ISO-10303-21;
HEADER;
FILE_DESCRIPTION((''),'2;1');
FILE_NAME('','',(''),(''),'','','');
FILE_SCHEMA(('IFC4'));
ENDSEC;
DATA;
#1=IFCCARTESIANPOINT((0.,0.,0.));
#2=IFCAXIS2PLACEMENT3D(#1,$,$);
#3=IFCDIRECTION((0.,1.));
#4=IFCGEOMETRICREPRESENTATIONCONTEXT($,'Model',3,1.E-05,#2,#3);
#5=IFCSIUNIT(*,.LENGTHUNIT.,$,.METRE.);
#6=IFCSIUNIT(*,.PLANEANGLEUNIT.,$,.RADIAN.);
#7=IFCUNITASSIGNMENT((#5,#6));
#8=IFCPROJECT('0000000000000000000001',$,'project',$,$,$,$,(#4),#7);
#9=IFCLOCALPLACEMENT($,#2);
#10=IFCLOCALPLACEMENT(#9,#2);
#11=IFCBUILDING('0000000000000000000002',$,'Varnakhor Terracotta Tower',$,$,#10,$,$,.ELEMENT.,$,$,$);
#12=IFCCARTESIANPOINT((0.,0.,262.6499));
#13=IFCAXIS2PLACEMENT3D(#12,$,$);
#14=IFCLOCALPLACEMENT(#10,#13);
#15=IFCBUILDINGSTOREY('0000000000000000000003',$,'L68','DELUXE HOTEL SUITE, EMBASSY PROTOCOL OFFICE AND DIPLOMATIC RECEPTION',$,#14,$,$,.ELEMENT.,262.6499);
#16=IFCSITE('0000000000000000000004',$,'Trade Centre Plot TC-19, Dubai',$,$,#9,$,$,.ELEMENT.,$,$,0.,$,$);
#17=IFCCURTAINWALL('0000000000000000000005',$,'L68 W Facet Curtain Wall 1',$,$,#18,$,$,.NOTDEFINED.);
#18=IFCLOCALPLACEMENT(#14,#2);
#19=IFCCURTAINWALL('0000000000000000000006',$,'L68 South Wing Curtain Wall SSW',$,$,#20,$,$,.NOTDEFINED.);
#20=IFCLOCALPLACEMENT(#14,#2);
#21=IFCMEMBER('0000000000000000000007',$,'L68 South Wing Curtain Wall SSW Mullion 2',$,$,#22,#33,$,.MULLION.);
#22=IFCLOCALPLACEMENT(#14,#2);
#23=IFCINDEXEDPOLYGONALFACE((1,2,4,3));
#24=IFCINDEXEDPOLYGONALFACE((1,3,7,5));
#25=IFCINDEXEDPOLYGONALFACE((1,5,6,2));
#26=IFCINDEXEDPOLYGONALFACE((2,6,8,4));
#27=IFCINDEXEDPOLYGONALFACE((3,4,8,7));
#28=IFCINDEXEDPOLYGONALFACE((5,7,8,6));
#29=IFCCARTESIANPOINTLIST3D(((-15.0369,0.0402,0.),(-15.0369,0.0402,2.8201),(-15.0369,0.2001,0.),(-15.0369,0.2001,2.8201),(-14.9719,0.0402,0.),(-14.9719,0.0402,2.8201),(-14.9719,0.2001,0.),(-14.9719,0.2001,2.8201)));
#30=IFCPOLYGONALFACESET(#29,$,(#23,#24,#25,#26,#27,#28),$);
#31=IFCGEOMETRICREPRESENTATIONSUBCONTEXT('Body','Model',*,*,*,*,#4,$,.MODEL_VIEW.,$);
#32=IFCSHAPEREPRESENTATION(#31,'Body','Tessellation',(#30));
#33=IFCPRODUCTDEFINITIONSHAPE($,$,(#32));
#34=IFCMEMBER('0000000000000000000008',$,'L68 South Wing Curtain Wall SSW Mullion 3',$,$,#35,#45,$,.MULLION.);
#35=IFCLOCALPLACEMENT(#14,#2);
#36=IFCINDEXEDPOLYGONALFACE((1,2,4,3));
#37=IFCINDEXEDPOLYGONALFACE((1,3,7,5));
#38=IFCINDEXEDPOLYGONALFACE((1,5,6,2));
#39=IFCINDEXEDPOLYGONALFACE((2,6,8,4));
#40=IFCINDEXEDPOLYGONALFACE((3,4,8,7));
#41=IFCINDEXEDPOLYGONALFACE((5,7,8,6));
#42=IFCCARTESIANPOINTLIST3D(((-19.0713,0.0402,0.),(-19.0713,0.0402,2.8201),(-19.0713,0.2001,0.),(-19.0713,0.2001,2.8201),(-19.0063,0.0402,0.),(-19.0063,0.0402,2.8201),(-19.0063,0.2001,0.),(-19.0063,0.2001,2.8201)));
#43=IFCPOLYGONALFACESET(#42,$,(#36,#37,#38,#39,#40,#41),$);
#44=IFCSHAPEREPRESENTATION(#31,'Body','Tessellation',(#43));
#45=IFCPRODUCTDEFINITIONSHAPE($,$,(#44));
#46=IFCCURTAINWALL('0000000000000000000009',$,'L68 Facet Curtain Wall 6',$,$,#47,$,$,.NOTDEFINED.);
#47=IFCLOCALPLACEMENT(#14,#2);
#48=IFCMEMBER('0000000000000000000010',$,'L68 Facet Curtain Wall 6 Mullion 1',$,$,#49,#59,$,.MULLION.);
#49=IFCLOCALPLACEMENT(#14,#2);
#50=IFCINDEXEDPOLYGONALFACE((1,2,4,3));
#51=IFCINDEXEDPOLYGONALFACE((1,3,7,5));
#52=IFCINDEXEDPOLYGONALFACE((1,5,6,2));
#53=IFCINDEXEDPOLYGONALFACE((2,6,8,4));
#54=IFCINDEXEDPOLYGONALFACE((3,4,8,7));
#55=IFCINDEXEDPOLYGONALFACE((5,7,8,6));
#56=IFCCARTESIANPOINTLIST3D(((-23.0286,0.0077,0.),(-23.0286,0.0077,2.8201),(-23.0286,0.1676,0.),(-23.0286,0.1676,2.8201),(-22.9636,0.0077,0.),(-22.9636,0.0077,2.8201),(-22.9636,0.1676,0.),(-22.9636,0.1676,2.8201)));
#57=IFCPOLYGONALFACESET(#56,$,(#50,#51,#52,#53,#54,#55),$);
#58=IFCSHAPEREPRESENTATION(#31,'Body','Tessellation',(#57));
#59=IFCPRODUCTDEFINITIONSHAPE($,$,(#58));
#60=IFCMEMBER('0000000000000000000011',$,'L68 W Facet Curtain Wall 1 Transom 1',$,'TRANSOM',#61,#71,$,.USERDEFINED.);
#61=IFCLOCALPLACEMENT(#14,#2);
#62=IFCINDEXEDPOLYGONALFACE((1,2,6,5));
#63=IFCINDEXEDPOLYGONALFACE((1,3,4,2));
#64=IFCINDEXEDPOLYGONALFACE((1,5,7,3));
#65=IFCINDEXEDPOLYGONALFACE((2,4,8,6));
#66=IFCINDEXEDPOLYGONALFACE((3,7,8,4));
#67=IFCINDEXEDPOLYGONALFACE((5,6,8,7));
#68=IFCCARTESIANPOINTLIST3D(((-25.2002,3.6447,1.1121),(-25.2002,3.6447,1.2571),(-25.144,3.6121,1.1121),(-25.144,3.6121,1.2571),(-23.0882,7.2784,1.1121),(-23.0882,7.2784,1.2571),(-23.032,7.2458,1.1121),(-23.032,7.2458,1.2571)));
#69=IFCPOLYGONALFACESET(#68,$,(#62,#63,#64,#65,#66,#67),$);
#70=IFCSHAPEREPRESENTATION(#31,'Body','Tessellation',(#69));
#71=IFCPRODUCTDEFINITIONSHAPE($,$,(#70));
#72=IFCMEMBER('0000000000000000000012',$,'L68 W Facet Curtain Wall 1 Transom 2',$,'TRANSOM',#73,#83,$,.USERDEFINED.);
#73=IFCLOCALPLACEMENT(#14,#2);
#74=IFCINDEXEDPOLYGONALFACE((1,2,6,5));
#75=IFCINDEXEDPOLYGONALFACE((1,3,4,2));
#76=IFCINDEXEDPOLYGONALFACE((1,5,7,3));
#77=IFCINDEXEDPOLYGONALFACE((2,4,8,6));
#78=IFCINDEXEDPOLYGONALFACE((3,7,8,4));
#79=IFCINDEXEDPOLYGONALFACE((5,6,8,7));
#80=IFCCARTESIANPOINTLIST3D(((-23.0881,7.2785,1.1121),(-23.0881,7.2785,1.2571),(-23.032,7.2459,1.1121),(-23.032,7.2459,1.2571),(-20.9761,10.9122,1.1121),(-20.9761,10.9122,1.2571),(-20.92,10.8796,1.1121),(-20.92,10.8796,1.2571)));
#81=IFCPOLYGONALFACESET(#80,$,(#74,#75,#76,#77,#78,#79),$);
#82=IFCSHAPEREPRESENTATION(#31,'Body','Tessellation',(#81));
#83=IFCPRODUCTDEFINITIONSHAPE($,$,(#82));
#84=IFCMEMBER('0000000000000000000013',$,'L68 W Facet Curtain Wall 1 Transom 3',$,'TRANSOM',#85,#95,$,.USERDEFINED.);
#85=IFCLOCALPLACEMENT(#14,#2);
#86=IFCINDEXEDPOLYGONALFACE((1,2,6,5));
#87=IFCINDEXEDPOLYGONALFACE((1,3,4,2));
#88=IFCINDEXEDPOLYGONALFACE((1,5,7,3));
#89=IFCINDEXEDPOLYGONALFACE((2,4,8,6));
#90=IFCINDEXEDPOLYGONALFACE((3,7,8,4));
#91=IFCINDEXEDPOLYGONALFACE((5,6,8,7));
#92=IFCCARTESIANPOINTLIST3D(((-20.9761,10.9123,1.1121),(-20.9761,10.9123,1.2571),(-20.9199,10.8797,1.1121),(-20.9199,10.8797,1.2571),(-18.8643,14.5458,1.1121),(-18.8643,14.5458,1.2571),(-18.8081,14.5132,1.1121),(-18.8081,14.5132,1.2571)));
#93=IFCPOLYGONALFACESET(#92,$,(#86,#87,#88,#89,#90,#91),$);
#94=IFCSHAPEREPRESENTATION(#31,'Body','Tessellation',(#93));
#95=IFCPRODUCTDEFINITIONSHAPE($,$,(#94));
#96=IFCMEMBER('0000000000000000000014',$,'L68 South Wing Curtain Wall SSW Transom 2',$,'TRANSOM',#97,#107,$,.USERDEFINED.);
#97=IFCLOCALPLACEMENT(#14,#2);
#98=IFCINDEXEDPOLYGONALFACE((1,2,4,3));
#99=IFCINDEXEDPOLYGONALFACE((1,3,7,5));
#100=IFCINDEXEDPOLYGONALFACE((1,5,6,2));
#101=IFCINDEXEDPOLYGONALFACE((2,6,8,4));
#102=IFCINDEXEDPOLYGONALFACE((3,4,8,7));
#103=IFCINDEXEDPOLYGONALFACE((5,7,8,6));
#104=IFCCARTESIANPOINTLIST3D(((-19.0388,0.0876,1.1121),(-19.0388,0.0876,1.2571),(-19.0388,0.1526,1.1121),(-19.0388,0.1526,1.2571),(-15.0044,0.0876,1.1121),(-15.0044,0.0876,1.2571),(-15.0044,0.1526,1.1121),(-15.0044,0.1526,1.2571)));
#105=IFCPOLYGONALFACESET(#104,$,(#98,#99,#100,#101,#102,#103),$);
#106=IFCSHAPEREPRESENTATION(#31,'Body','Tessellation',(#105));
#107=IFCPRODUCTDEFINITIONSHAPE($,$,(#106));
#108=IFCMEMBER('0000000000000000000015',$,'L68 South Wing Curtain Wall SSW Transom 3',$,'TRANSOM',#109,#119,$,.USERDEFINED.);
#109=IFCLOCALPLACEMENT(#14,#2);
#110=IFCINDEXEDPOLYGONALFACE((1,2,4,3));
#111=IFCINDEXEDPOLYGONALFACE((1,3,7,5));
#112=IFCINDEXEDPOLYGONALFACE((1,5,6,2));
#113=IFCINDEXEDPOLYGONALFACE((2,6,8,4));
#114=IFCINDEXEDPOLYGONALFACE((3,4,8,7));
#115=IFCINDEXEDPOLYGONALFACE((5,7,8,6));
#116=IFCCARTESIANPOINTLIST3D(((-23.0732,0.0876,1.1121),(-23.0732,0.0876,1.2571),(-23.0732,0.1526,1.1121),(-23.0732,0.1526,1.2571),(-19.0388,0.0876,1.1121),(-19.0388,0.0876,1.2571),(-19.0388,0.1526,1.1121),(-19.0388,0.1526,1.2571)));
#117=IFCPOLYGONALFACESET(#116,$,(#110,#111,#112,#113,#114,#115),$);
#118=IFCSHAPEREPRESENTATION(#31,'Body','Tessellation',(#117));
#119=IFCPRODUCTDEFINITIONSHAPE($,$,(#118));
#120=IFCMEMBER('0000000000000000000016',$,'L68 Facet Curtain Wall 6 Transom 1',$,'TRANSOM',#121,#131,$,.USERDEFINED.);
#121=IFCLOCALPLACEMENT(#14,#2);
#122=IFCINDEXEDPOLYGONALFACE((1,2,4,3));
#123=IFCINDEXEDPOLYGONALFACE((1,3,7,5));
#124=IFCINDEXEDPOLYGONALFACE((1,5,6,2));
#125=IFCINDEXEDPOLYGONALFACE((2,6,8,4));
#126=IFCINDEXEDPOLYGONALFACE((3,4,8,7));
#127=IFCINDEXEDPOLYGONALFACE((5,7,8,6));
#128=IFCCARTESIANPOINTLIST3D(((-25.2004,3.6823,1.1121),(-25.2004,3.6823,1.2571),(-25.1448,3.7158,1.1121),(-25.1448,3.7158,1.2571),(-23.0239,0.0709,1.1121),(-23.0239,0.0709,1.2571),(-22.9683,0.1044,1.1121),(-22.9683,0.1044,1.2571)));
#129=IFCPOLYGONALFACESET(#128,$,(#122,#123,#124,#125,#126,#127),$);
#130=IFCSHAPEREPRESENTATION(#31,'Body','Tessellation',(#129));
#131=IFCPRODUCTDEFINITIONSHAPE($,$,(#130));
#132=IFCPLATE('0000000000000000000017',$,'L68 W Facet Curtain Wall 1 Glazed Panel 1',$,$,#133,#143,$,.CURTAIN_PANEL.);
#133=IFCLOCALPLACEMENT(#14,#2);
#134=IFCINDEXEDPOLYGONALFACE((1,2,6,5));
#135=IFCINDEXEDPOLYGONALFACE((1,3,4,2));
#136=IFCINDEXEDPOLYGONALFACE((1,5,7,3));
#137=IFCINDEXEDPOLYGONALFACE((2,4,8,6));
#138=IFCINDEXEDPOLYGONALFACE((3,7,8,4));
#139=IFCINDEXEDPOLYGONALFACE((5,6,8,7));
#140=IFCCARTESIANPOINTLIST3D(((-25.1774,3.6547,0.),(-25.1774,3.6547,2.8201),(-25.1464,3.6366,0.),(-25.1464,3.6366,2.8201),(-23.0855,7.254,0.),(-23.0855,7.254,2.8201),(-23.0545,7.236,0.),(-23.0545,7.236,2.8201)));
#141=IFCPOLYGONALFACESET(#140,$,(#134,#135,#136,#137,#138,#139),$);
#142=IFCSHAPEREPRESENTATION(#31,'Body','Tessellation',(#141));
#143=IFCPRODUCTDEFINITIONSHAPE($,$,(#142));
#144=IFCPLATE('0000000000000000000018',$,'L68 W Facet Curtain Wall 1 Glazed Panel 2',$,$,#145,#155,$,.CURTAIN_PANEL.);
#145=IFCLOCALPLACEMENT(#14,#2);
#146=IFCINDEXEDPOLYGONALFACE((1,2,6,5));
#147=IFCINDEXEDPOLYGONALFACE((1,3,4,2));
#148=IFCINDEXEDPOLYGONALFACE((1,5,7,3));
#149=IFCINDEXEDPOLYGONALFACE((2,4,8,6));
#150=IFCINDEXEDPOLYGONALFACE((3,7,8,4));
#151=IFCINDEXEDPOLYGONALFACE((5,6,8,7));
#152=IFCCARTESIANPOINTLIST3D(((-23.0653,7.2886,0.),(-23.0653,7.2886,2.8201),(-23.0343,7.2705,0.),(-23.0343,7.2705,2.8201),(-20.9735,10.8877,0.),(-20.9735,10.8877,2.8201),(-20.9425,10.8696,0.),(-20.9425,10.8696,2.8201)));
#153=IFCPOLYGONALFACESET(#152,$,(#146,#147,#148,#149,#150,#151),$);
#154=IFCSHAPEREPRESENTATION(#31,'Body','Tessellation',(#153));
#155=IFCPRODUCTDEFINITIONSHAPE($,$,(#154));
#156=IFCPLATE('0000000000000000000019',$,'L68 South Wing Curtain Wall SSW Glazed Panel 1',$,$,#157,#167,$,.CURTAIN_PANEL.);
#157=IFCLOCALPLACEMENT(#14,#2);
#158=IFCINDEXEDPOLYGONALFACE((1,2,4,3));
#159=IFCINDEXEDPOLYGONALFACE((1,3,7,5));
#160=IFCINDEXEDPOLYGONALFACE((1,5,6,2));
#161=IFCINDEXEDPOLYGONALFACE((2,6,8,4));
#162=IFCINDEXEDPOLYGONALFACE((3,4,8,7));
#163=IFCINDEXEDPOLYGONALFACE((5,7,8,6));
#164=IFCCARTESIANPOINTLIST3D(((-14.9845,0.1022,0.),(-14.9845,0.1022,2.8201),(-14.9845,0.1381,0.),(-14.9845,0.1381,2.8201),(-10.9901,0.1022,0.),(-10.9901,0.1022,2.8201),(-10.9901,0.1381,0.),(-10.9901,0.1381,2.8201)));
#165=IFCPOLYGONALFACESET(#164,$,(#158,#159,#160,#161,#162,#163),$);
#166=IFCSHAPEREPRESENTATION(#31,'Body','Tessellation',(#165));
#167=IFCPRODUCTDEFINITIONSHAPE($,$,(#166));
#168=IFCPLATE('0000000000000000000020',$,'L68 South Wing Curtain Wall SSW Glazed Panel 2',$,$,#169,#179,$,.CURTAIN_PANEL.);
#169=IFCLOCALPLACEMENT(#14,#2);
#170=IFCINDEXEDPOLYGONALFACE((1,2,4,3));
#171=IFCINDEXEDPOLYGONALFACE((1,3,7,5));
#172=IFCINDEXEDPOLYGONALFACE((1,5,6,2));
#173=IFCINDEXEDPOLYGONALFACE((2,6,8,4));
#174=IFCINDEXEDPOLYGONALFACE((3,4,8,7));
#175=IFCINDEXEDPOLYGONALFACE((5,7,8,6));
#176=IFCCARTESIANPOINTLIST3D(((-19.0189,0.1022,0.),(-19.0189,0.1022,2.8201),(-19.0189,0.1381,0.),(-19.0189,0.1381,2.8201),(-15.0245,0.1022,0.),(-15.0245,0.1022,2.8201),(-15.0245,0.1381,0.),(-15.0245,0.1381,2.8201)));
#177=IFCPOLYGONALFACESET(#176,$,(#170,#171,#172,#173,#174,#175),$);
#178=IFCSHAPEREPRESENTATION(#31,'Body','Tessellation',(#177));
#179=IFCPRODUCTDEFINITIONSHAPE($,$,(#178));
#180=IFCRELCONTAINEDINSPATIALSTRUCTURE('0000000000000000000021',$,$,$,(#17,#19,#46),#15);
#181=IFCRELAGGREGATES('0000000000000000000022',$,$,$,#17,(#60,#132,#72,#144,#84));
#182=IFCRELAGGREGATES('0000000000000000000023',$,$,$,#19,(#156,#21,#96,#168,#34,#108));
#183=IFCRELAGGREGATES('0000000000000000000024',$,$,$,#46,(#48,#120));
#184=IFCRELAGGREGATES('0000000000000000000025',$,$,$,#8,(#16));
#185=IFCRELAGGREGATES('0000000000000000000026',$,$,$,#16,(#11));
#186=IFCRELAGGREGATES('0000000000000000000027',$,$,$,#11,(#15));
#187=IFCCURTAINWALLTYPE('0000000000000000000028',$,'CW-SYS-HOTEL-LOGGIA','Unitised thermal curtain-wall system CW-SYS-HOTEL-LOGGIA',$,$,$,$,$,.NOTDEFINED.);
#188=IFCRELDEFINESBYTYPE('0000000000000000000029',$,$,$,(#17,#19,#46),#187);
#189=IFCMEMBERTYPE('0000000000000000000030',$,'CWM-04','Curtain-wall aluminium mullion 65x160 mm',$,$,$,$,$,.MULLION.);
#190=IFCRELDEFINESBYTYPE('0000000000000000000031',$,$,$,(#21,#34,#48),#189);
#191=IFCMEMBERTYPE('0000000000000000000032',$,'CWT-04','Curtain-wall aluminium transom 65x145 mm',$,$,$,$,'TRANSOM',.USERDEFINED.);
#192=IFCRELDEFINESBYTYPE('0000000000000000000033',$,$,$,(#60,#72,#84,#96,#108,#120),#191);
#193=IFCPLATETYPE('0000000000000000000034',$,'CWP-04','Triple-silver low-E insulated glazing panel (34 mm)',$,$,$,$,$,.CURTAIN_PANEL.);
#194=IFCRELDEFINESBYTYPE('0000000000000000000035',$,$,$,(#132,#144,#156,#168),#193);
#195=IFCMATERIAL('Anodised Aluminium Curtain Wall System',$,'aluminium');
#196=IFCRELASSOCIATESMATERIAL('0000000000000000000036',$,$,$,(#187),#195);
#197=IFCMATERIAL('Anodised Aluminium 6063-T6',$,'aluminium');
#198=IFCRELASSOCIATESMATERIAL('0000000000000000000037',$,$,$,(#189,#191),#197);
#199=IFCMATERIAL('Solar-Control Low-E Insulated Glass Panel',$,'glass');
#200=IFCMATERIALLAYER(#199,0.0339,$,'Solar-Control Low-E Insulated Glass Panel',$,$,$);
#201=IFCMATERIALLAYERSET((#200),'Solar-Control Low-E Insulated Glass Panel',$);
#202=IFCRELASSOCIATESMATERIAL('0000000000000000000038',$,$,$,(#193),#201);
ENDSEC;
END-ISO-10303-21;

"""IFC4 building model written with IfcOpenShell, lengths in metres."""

from ifc_helpers import new_model, si_unit, direction, frame, origin, origin_2d, place, context, subcontext, project, spatial, rectangle, extrude, source, transform, mapped, material, layer, layer_set, material_profile, profile_set, type_object, type_shapes, element, aggregate, save


model = new_model("IFC4")

# Units and contexts
model_context = context("Model", 3, precision=1e-05, world=origin(), true_north=direction((0.0, 1.0)))
body_context = subcontext(model_context, "Body", "Model", "MODEL_VIEW")
ifc_project = project(units=[si_unit("LENGTHUNIT", "METRE"), si_unit("PLANEANGLEUNIT", "RADIAN")], contexts=[model_context])

# Site, building, storey
site_placement = place(None, origin())
site = spatial("IfcSite", under=ifc_project, at=site_placement, Name="Trade Centre Plot TC-19, Dubai", CompositionType="ELEMENT", RefElevation=0.0)
building_placement = place(site_placement, origin())
building = spatial("IfcBuilding", under=site, at=building_placement, Name="Varnakhor Terracotta Tower", CompositionType="ELEMENT")
storey_placement = place(building_placement, frame((0.0, 0.0, 262.6499)))
storey = spatial("IfcBuildingStorey", under=building, at=storey_placement, Name="L68", Description="DELUXE HOTEL SUITE, EMBASSY PROTOCOL OFFICE AND DIPLOMATIC RECEPTION", CompositionType="ELEMENT", Elevation=262.6499)

# Curtain walls, members
ifc_material_1 = material(Name="Anodised Aluminium Curtain Wall System", Category="aluminium")
curtain_wall_type = type_object("IfcCurtainWallType", Name="CW-SYS-HOTEL-LOGGIA", Description="Unitised thermal curtain-wall system CW-SYS-HOTEL-LOGGIA", PredefinedType="NOTDEFINED", material=ifc_material_1)
curtain_wall_1_placement = place(storey_placement, origin())
curtain_wall_1 = element("IfcCurtainWall", 1, at=curtain_wall_1_placement, inside=storey, type_object=curtain_wall_type, Name="L68 W Facet Curtain Wall 1", PredefinedType="NOTDEFINED")
ifc_material_2 = material(Name="Anodised Aluminium 6063-T6", Category="aluminium")
ifc_material_profile_1 = material_profile(ifc_material_2, rectangle(XDim=0.0649, YDim=0.1599, at=origin_2d()), Name="ALU MULLION 65x160")
ifc_profile_set_1 = profile_set([ifc_material_profile_1], Name="Anodised Aluminium 6063-T6")
member_type_1 = type_object("IfcMemberType", Name="CWM-04", Description="Curtain-wall aluminium mullion 65x160 mm", PredefinedType="MULLION", material=ifc_profile_set_1)
shared_shape_1 = source(origin(), body_context, "Body", "SweptSolid", [
    extrude(rectangle(XDim=0.0649, YDim=0.1599, at=origin_2d()), origin(), (0.0, 0.0, 1.0), 2.8201),
])
type_shapes(member_type_1, [shared_shape_1])
curtain_wall_2_placement = place(storey_placement, origin())
curtain_wall_2 = element("IfcCurtainWall", 2, at=curtain_wall_2_placement, inside=storey, type_object=curtain_wall_type, Name="L68 South Wing Curtain Wall SSW", PredefinedType="NOTDEFINED")
member_1_placement = place(storey_placement, frame((-15.0044, 0.1201, 0.0), z_axis=(0.0, 0.0, 1.0), x_axis=(1.0, 0.0, 0.0)))
member_1 = element("IfcMember", 3, at=member_1_placement, type_object=member_type_1, Name="L68 South Wing Curtain Wall SSW Mullion 2", PredefinedType="MULLION", context=body_context, shape_type="MappedRepresentation", body=[
    mapped(shared_shape_1, transform((0.0, 0.0, 0.0), scale=1.0)),
])
member_2_placement = place(storey_placement, frame((-19.0388, 0.1201, 0.0), z_axis=(0.0, 0.0, 1.0), x_axis=(1.0, 0.0, 0.0)))
member_2 = element("IfcMember", 4, at=member_2_placement, type_object=member_type_1, Name="L68 South Wing Curtain Wall SSW Mullion 3", PredefinedType="MULLION", context=body_context, shape_type="MappedRepresentation", body=[
    mapped(shared_shape_1, transform((0.0, 0.0, 0.0), scale=1.0)),
])

# Curtain wall, member
curtain_wall_3_placement = place(storey_placement, origin())
curtain_wall_3 = element("IfcCurtainWall", 5, at=curtain_wall_3_placement, inside=storey, type_object=curtain_wall_type, Name="L68 Facet Curtain Wall 6", PredefinedType="NOTDEFINED")
member_3_placement = place(storey_placement, frame((-22.9961, 0.0876, 0.0), z_axis=(0.0, 0.0, 1.0), x_axis=(1.0, 0.0, 0.0)))
member_3 = element("IfcMember", 6, at=member_3_placement, type_object=member_type_1, Name="L68 Facet Curtain Wall 6 Mullion 1", PredefinedType="MULLION", context=body_context, shape_type="MappedRepresentation", body=[
    mapped(shared_shape_1, transform((0.0, 0.0, 0.0), scale=1.0)),
])

# Members
ifc_material_profile_2 = material_profile(ifc_material_2, rectangle(XDim=0.0649, YDim=0.145, at=origin_2d()), Name="ALU TRANSOM 65x145")
ifc_profile_set_2 = profile_set([ifc_material_profile_2], Name="Anodised Aluminium 6063-T6")
member_type_2 = type_object("IfcMemberType", Name="CWT-04", Description="Curtain-wall aluminium transom 65x145 mm", ElementType="TRANSOM", PredefinedType="USERDEFINED", material=ifc_profile_set_2)
shared_shape_2 = source(origin(), body_context, "Body", "SweptSolid", [
    extrude(rectangle(XDim=0.0649, YDim=0.145, at=origin_2d()), origin(), (0.0, 0.0, 1.0), 4.2029),
])
member_4_placement = place(storey_placement, frame((-25.1721, 3.6284, 1.1846), z_axis=(0.502512, 0.86457, 0.0), x_axis=(-0.86457, 0.502512, 0.0)))
member_4 = element("IfcMember", 7, at=member_4_placement, type_object=member_type_2, Name="L68 W Facet Curtain Wall 1 Transom 1", ObjectType="TRANSOM", PredefinedType="USERDEFINED", context=body_context, shape_type="MappedRepresentation", body=[
    mapped(shared_shape_2, transform((0.0, 0.0, 0.0), scale=1.0)),
])
member_5_placement = place(storey_placement, frame((-23.0601, 7.2622, 1.1846), z_axis=(0.502512, 0.86457, 0.0), x_axis=(-0.86457, 0.502512, 0.0)))
member_5 = element("IfcMember", 8, at=member_5_placement, type_object=member_type_2, Name="L68 W Facet Curtain Wall 1 Transom 2", ObjectType="TRANSOM", PredefinedType="USERDEFINED", context=body_context, shape_type="MappedRepresentation", body=[
    mapped(shared_shape_2, transform((0.0, 0.0, 0.0), scale=1.0)),
])
shared_shape_3 = source(origin(), body_context, "Body", "SweptSolid", [
    extrude(rectangle(XDim=0.0649, YDim=0.145, at=origin_2d()), origin(), (0.0, 0.0, 1.0), 4.2026),
])
member_6_placement = place(storey_placement, frame((-20.948, 10.896, 1.1846), z_axis=(0.502494, 0.864581, 0.0), x_axis=(-0.864581, 0.502494, 0.0)))
member_6 = element("IfcMember", 9, at=member_6_placement, type_object=member_type_2, Name="L68 W Facet Curtain Wall 1 Transom 3", ObjectType="TRANSOM", PredefinedType="USERDEFINED", context=body_context, shape_type="MappedRepresentation", body=[
    mapped(shared_shape_3, transform((0.0, 0.0, 0.0), scale=1.0)),
])
shared_shape_4 = source(origin(), body_context, "Body", "SweptSolid", [
    extrude(rectangle(XDim=0.0649, YDim=0.145, at=origin_2d()), origin(), (0.0, 0.0, 1.0), 4.0344),
])
member_7_placement = place(storey_placement, frame((-15.0044, 0.1201, 1.1846), z_axis=(-1.0, 0.0, 0.0), x_axis=(0.0, -1.0, 0.0)))
member_7 = element("IfcMember", 10, at=member_7_placement, type_object=member_type_2, Name="L68 South Wing Curtain Wall SSW Transom 2", ObjectType="TRANSOM", PredefinedType="USERDEFINED", context=body_context, shape_type="MappedRepresentation", body=[
    mapped(shared_shape_4, transform((0.0, 0.0, 0.0), scale=1.0)),
])
member_8_placement = place(storey_placement, frame((-19.0388, 0.1201, 1.1846), z_axis=(-1.0, 0.0, 0.0), x_axis=(0.0, -1.0, 0.0)))
member_8 = element("IfcMember", 11, at=member_8_placement, type_object=member_type_2, Name="L68 South Wing Curtain Wall SSW Transom 3", ObjectType="TRANSOM", PredefinedType="USERDEFINED", context=body_context, shape_type="MappedRepresentation", body=[
    mapped(shared_shape_4, transform((0.0, 0.0, 0.0), scale=1.0)),
])
shared_shape_5 = source(origin(), body_context, "Body", "SweptSolid", [
    extrude(rectangle(XDim=0.0649, YDim=0.145, at=origin_2d()), origin(), (0.0, 0.0, 1.0), 4.2166),
])
member_9_placement = place(storey_placement, frame((-22.9961, 0.0876, 1.1846), z_axis=(-0.516189, 0.856475, 0.0), x_axis=(-0.856475, -0.516189, 0.0)))
member_9 = element("IfcMember", 12, at=member_9_placement, type_object=member_type_2, Name="L68 Facet Curtain Wall 6 Transom 1", ObjectType="TRANSOM", PredefinedType="USERDEFINED", context=body_context, shape_type="MappedRepresentation", body=[
    mapped(shared_shape_5, transform((0.0, 0.0, 0.0), scale=1.0)),
])

# Plates
ifc_material_3 = material(Name="Solar-Control Low-E Insulated Glass Panel", Category="glass")
ifc_layer_1 = layer(ifc_material_3, 0.0339, Name="Solar-Control Low-E Insulated Glass Panel")
ifc_layer_set_1 = layer_set([ifc_layer_1], Name="Solar-Control Low-E Insulated Glass Panel")
plate_type = type_object("IfcPlateType", Name="CWP-04", Description="Triple-silver low-E insulated glazing panel (34 mm)", PredefinedType="CURTAIN_PANEL", material=ifc_layer_set_1)
shared_shape_6 = source(origin(), body_context, "Body", "SweptSolid", [
    extrude(rectangle(XDim=4.1631, YDim=0.0359, at=origin_2d()), origin(), (0.0, 0.0, 1.0), 2.8201),
])
plate_1_placement = place(storey_placement, frame((-24.116, 5.4453, 0.0), z_axis=(0.0, 0.0, 1.0), x_axis=(0.502492, 0.864582, 0.0)))
plate_1 = element("IfcPlate", 13, at=plate_1_placement, type_object=plate_type, Name="L68 W Facet Curtain Wall 1 Glazed Panel 1", PredefinedType="CURTAIN_PANEL", context=body_context, shape_type="MappedRepresentation", body=[
    mapped(shared_shape_6, transform((0.0, 0.0, 0.0), scale=1.0)),
])
shared_shape_7 = source(origin(), body_context, "Body", "SweptSolid", [
    extrude(rectangle(XDim=4.1628, YDim=0.0359, at=origin_2d()), origin(), (0.0, 0.0, 1.0), 2.8201),
])
plate_2_placement = place(storey_placement, frame((-22.0039, 9.0791, 0.0), z_axis=(0.0, 0.0, 1.0), x_axis=(0.502492, 0.864582, 0.0)))
plate_2 = element("IfcPlate", 14, at=plate_2_placement, type_object=plate_type, Name="L68 W Facet Curtain Wall 1 Glazed Panel 2", PredefinedType="CURTAIN_PANEL", context=body_context, shape_type="MappedRepresentation", body=[
    mapped(shared_shape_7, transform((0.0, 0.0, 0.0), scale=1.0)),
])
aggregate(curtain_wall_1, [member_4, plate_1, member_5, plate_2, member_6])
shared_shape_8 = source(origin(), body_context, "Body", "SweptSolid", [
    extrude(rectangle(XDim=3.9944, YDim=0.0359, at=origin_2d()), origin(), (0.0, 0.0, 1.0), 2.8201),
])
plate_3_placement = place(storey_placement, frame((-12.9873, 0.1201, 0.0), z_axis=(0.0, 0.0, 1.0), x_axis=(-1.0, 0.0, 0.0)))
plate_3 = element("IfcPlate", 15, at=plate_3_placement, type_object=plate_type, Name="L68 South Wing Curtain Wall SSW Glazed Panel 1", PredefinedType="CURTAIN_PANEL", context=body_context, shape_type="MappedRepresentation", body=[
    mapped(shared_shape_8, transform((0.0, 0.0, 0.0), scale=1.0)),
])
plate_4_placement = place(storey_placement, frame((-17.0217, 0.1201, 0.0), z_axis=(0.0, 0.0, 1.0), x_axis=(-1.0, 0.0, 0.0)))
plate_4 = element("IfcPlate", 16, at=plate_4_placement, type_object=plate_type, Name="L68 South Wing Curtain Wall SSW Glazed Panel 2", PredefinedType="CURTAIN_PANEL", context=body_context, shape_type="MappedRepresentation", body=[
    mapped(shared_shape_8, transform((0.0, 0.0, 0.0), scale=1.0)),
])
aggregate(curtain_wall_2, [plate_3, member_1, member_7, plate_4, member_2, member_8])
aggregate(curtain_wall_3, [member_3, member_9])

save(model, "model.ifc")
